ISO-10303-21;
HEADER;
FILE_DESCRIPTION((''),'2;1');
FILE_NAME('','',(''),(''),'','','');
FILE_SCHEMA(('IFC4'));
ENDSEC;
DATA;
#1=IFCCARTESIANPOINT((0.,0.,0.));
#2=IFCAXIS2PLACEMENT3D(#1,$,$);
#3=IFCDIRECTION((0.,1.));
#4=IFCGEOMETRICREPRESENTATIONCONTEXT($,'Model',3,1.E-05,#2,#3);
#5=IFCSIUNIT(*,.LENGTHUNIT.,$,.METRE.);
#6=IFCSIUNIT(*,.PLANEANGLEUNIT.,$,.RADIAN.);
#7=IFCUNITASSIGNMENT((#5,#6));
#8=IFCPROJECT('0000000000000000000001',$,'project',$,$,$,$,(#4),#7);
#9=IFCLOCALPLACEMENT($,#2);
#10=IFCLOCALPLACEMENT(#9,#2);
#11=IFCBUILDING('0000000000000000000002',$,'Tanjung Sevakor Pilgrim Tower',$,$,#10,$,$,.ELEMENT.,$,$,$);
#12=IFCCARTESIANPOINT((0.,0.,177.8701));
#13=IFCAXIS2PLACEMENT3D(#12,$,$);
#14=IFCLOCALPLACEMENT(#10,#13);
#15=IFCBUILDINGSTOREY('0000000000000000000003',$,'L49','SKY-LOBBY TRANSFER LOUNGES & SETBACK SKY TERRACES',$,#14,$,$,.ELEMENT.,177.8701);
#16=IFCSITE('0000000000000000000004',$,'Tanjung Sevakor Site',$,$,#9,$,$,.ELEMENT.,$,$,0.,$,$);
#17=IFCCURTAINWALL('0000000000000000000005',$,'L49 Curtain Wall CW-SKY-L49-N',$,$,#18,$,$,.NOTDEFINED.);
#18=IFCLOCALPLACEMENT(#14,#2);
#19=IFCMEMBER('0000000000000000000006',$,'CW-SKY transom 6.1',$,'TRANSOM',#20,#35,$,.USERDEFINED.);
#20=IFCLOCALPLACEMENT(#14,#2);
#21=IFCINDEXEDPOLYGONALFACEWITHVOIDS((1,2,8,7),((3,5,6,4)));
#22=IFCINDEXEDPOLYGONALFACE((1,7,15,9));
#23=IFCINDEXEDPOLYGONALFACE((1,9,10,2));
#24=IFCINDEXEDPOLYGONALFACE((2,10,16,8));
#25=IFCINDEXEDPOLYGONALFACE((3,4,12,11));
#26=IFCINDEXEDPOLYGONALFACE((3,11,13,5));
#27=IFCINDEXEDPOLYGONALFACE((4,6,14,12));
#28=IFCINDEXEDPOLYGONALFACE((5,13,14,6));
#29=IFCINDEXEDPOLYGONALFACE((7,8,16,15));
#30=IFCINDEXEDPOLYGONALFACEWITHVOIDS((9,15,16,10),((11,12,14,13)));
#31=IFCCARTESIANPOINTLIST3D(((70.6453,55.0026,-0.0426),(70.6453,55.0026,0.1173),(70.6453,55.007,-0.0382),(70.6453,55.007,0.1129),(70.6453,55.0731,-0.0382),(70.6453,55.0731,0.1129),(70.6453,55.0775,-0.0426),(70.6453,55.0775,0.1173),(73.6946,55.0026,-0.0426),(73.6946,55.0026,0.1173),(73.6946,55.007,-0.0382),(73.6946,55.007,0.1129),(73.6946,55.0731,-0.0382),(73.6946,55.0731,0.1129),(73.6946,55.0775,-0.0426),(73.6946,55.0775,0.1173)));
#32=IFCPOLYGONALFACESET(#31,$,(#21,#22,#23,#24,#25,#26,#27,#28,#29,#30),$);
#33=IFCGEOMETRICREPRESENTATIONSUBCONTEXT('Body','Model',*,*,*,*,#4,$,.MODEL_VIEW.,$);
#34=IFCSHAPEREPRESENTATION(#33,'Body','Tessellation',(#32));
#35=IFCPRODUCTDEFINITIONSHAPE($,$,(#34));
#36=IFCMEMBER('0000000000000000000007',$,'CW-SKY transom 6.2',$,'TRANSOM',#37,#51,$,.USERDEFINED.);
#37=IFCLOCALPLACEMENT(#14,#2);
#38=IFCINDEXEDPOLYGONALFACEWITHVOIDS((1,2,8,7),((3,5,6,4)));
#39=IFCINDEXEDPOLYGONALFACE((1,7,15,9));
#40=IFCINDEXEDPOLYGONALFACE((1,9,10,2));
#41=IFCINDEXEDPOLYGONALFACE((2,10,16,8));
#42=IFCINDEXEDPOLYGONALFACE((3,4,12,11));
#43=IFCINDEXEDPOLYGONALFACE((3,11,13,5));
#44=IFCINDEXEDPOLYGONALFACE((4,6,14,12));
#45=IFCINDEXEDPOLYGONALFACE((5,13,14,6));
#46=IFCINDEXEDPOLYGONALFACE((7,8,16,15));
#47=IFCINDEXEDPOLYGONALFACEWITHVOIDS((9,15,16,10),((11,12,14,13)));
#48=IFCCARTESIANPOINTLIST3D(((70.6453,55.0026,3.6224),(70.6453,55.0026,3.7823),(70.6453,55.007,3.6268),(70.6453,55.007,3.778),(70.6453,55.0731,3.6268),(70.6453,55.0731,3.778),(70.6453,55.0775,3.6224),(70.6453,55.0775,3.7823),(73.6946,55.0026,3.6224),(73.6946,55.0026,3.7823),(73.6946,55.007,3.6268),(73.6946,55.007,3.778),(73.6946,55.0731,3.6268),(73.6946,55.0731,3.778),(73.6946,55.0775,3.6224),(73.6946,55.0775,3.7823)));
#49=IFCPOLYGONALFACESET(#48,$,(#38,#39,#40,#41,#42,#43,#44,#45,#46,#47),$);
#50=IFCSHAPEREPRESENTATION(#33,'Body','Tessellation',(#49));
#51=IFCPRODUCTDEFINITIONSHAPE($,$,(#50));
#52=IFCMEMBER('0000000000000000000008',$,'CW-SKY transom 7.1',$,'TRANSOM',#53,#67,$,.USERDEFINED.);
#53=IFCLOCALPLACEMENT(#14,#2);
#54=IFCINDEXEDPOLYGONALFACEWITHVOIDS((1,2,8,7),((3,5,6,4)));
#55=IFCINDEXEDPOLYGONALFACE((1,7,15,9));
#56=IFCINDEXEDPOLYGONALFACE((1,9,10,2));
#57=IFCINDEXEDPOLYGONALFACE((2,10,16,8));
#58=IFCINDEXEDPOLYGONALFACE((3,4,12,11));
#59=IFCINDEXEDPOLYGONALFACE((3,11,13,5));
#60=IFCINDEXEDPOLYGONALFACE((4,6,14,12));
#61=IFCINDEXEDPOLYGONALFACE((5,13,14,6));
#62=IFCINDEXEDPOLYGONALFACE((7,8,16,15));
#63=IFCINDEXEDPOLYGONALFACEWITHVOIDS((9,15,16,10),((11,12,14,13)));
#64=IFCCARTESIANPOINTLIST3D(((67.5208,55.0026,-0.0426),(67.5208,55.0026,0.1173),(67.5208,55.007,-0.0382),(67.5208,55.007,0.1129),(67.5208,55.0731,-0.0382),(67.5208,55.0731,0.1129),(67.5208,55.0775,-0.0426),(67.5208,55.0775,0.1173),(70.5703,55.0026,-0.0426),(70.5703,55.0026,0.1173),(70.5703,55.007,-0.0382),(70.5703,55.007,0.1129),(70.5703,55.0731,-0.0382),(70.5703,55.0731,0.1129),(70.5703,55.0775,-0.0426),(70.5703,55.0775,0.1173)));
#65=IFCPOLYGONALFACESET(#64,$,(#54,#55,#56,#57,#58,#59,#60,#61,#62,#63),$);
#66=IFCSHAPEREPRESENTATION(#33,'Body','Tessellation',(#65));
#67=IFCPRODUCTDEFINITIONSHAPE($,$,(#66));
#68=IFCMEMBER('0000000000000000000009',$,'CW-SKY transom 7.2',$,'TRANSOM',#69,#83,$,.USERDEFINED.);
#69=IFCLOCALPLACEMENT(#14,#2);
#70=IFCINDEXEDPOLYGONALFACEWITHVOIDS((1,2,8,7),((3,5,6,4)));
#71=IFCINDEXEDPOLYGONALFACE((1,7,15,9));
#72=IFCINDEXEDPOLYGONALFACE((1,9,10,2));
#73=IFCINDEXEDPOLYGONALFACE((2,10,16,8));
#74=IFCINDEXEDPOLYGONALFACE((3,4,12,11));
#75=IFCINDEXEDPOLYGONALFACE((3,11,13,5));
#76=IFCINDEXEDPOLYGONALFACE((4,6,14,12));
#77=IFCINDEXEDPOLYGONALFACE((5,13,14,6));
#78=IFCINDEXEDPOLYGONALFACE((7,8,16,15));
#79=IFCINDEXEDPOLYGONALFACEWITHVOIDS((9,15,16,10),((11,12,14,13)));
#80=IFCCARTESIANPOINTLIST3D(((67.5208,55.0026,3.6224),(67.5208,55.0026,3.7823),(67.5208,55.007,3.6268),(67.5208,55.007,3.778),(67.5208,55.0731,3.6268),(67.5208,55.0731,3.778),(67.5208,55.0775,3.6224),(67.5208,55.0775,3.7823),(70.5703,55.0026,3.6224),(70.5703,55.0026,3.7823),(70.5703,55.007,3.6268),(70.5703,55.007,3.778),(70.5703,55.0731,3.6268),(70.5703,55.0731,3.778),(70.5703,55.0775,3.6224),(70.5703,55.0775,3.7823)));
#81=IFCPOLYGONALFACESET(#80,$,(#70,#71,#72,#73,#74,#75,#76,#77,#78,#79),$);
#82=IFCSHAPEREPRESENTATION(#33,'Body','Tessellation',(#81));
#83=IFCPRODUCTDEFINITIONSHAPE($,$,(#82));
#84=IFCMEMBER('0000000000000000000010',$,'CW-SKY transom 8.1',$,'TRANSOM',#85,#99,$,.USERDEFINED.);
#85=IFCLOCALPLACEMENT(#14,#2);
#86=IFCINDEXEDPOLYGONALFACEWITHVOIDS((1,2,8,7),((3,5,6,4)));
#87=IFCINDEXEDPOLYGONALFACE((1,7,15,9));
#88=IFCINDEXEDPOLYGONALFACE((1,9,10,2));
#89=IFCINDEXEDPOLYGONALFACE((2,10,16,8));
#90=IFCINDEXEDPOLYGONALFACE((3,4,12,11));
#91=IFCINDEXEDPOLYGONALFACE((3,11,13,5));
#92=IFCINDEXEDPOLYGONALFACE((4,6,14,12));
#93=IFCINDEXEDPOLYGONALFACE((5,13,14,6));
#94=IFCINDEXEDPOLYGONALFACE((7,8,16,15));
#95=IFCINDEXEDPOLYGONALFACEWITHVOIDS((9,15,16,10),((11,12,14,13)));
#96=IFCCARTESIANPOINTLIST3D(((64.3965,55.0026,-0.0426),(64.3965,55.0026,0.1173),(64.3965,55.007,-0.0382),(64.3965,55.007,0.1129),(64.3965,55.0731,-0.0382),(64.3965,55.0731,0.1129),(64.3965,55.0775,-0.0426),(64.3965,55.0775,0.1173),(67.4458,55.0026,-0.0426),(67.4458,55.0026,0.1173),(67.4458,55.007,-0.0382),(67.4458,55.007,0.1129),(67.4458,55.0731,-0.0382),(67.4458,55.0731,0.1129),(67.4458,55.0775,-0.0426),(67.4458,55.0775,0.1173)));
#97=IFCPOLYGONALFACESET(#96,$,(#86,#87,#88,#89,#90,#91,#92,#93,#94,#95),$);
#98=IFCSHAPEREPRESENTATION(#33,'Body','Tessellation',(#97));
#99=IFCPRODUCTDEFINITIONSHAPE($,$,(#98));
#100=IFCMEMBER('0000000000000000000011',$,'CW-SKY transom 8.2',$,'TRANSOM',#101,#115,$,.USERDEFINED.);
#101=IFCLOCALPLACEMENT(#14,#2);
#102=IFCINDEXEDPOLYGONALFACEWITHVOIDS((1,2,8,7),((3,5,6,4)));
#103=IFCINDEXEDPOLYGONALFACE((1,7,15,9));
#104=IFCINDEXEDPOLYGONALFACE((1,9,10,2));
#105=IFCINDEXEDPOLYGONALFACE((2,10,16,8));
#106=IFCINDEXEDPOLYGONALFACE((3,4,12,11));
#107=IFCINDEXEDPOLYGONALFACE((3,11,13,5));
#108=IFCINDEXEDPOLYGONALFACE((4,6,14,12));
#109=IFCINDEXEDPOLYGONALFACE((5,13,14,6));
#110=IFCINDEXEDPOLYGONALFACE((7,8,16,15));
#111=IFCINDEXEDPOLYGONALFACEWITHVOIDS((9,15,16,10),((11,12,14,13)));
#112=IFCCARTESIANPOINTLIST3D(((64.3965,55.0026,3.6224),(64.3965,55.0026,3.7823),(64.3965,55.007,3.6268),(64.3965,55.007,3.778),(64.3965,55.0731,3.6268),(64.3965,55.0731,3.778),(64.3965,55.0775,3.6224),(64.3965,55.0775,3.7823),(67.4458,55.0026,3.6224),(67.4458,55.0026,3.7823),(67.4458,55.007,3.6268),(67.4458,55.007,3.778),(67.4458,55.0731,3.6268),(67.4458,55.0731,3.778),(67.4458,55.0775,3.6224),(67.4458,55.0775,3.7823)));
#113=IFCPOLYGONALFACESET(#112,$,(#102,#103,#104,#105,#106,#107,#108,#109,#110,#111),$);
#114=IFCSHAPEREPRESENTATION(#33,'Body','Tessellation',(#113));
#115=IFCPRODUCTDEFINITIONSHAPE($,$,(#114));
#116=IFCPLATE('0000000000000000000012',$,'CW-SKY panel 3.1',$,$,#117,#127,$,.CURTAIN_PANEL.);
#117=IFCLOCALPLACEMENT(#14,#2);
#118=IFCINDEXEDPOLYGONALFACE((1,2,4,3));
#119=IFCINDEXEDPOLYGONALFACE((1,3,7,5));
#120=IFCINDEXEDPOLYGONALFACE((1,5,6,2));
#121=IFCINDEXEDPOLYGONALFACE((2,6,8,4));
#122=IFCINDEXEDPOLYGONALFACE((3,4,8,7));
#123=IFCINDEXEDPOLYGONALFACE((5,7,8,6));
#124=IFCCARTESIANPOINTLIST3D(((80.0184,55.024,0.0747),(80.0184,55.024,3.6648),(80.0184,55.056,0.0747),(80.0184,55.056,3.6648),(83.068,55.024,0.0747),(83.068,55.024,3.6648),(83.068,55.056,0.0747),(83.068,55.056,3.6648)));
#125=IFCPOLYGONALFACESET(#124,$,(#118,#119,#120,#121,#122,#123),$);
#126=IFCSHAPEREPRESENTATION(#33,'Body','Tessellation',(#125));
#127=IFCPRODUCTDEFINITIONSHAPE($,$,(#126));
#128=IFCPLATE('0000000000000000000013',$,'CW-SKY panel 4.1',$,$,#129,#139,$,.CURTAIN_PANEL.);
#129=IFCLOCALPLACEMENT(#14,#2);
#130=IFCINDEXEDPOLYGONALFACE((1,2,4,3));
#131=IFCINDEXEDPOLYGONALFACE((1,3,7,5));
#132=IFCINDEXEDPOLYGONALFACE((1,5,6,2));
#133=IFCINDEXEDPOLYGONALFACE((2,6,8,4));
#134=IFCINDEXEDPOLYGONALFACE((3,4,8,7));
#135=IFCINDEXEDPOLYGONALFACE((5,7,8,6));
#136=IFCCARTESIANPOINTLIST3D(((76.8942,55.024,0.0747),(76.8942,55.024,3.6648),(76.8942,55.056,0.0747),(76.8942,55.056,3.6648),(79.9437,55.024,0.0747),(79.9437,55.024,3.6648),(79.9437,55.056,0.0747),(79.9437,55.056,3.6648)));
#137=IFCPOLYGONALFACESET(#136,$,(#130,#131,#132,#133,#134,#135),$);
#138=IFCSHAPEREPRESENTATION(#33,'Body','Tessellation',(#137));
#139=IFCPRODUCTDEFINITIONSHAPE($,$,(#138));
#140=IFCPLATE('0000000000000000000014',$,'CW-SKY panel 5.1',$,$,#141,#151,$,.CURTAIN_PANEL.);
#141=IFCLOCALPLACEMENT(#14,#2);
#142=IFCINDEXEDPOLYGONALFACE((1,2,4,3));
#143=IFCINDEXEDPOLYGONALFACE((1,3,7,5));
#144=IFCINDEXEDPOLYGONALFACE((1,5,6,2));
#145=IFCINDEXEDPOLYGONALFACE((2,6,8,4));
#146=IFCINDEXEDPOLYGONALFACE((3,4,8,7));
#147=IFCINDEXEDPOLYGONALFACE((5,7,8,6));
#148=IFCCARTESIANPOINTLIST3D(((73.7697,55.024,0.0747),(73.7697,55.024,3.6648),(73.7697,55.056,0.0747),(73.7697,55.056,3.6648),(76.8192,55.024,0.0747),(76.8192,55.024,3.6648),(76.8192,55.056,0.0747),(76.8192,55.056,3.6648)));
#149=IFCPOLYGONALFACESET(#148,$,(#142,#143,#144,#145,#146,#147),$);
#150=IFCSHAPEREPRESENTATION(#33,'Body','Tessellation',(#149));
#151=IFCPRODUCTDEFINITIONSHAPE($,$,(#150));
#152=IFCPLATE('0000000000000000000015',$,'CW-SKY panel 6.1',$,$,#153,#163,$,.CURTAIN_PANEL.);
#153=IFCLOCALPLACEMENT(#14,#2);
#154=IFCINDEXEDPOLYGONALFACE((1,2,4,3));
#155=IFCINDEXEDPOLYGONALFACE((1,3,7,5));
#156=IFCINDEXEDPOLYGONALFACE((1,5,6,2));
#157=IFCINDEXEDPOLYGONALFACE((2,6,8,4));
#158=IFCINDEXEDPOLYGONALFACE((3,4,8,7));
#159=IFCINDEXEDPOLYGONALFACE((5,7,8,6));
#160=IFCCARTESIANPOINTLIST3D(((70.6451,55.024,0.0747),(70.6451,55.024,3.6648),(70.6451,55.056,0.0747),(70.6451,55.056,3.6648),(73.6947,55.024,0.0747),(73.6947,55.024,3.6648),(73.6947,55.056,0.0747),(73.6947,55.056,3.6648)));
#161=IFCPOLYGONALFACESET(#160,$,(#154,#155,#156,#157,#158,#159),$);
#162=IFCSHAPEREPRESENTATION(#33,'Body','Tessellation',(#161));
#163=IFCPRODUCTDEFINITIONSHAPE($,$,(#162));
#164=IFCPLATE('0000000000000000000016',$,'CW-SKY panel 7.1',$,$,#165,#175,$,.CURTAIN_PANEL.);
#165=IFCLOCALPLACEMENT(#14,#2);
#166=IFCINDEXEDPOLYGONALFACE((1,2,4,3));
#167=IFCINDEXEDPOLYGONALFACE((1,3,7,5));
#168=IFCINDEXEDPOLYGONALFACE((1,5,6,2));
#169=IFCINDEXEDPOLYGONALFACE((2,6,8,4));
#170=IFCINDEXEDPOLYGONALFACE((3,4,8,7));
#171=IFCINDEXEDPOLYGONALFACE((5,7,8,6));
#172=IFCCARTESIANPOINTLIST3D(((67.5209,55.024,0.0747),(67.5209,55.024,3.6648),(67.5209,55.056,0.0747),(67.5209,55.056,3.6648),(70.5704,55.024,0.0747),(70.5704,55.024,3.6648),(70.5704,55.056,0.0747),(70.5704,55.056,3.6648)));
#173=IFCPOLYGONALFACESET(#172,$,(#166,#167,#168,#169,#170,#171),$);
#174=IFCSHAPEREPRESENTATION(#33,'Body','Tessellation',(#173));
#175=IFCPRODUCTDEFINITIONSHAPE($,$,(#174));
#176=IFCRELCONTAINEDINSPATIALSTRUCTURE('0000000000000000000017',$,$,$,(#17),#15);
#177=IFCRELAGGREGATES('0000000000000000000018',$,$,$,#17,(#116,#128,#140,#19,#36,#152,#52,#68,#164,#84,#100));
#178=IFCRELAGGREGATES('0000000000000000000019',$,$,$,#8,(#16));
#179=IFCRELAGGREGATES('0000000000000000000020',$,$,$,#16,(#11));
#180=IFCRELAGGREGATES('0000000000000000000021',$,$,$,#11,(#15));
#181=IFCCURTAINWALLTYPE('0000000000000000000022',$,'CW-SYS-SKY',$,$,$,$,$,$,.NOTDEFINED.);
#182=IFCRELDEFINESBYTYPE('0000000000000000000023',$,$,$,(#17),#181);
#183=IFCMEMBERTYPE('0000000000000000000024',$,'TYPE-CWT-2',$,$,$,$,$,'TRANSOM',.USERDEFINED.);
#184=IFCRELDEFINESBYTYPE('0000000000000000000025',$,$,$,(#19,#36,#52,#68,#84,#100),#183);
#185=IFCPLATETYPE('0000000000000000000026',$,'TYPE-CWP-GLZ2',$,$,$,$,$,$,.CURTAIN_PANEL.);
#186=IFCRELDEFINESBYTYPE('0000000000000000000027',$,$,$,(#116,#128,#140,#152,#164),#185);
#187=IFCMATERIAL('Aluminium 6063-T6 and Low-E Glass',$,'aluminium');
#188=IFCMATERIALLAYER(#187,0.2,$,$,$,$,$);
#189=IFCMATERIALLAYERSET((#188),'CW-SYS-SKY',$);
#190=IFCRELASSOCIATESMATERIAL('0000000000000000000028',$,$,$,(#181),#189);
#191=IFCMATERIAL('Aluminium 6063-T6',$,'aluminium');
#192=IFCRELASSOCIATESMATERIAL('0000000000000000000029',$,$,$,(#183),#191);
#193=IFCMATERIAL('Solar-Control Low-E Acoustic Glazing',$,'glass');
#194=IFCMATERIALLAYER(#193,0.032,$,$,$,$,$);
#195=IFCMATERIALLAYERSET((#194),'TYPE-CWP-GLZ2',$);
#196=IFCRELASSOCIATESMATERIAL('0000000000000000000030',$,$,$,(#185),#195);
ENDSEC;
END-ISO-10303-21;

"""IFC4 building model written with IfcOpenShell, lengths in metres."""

from ifc_helpers import new_model, si_unit, direction, frame, origin, origin_2d, place, context, subcontext, project, spatial, rectangle, hollow_rectangle, extrude, material, layer, layer_set, material_profile, profile_set, type_object, element, aggregate, save


model = new_model("IFC4")

# Units and contexts
model_context = context("Model", 3, precision=1e-05, world=origin(), true_north=direction((0.0, 1.0)))
body_context = subcontext(model_context, "Body", "Model", "MODEL_VIEW")
ifc_project = project(units=[si_unit("LENGTHUNIT", "METRE"), si_unit("PLANEANGLEUNIT", "RADIAN")], contexts=[model_context])

# Site, building, storey
site_placement = place(None, origin())
site = spatial("IfcSite", under=ifc_project, at=site_placement, Name="Tanjung Sevakor Site", CompositionType="ELEMENT", RefElevation=0.0)
building_placement = place(site_placement, origin())
building = spatial("IfcBuilding", under=site, at=building_placement, Name="Tanjung Sevakor Pilgrim Tower", CompositionType="ELEMENT")
storey_placement = place(building_placement, frame((0.0, 0.0, 177.8701)))
storey = spatial("IfcBuildingStorey", under=building, at=storey_placement, Name="L49", Description="SKY-LOBBY TRANSFER LOUNGES & SETBACK SKY TERRACES", CompositionType="ELEMENT", Elevation=177.8701)

# Curtain wall, members, plates
ifc_material_1 = material(Name="Aluminium 6063-T6 and Low-E Glass", Category="aluminium")
ifc_layer_1 = layer(ifc_material_1, 0.2)
ifc_layer_set_1 = layer_set([ifc_layer_1], Name="CW-SYS-SKY")
curtain_wall_type = type_object("IfcCurtainWallType", Name="CW-SYS-SKY", PredefinedType="NOTDEFINED", material=ifc_layer_set_1)
curtain_wall_placement = place(storey_placement, origin())
curtain_wall = element("IfcCurtainWall", 1, at=curtain_wall_placement, inside=storey, type_object=curtain_wall_type, Name="L49 Curtain Wall CW-SKY-L49-N", PredefinedType="NOTDEFINED")
ifc_material_2 = material(Name="Aluminium 6063-T6", Category="aluminium")
ifc_material_profile_1 = material_profile(ifc_material_2, hollow_rectangle(XDim=0.075, YDim=0.1599, WallThickness=0.0044, at=origin_2d()))
ifc_profile_set_1 = profile_set([ifc_material_profile_1], Name="Aluminium 6063-T6")
member_type_1 = type_object("IfcMemberType", Name="TYPE-CWT-2", ElementType="TRANSOM", PredefinedType="USERDEFINED", material=ifc_profile_set_1)
member_1_placement = place(storey_placement, frame((73.6946, 55.04, 0.0374), z_axis=(-1.0, 0.0, 0.0), x_axis=(0.0, -1.0, 0.0)))
member_1 = element("IfcMember", 2, at=member_1_placement, type_object=member_type_1, Name="CW-SKY transom 6.1", ObjectType="TRANSOM", PredefinedType="USERDEFINED", context=body_context, shape_type="SweptSolid", body=[
    extrude(hollow_rectangle(XDim=0.075, YDim=0.1599, WallThickness=0.0044, at=origin_2d()), origin(), (0.0, 0.0, 1.0), 3.0493),
])
member_2_placement = place(storey_placement, frame((73.6946, 55.04, 3.7024), z_axis=(-1.0, 0.0, 0.0), x_axis=(0.0, -1.0, 0.0)))
member_2 = element("IfcMember", 3, at=member_2_placement, type_object=member_type_1, Name="CW-SKY transom 6.2", ObjectType="TRANSOM", PredefinedType="USERDEFINED", context=body_context, shape_type="SweptSolid", body=[
    extrude(hollow_rectangle(XDim=0.075, YDim=0.1599, WallThickness=0.0044, at=origin_2d()), origin(), (0.0, 0.0, 1.0), 3.0493),
])
member_3_placement = place(storey_placement, frame((70.5703, 55.04, 0.0374), z_axis=(-1.0, 0.0, 0.0), x_axis=(0.0, -1.0, 0.0)))
member_3 = element("IfcMember", 4, at=member_3_placement, type_object=member_type_1, Name="CW-SKY transom 7.1", ObjectType="TRANSOM", PredefinedType="USERDEFINED", context=body_context, shape_type="SweptSolid", body=[
    extrude(hollow_rectangle(XDim=0.075, YDim=0.1599, WallThickness=0.0044, at=origin_2d()), origin(), (0.0, 0.0, 1.0), 3.0496),
])
member_4_placement = place(storey_placement, frame((70.5703, 55.04, 3.7024), z_axis=(-1.0, 0.0, 0.0), x_axis=(0.0, -1.0, 0.0)))
member_4 = element("IfcMember", 5, at=member_4_placement, type_object=member_type_1, Name="CW-SKY transom 7.2", ObjectType="TRANSOM", PredefinedType="USERDEFINED", context=body_context, shape_type="SweptSolid", body=[
    extrude(hollow_rectangle(XDim=0.075, YDim=0.1599, WallThickness=0.0044, at=origin_2d()), origin(), (0.0, 0.0, 1.0), 3.0496),
])
member_5_placement = place(storey_placement, frame((67.4458, 55.04, 0.0374), z_axis=(-1.0, 0.0, 0.0), x_axis=(0.0, -1.0, 0.0)))
member_5 = element("IfcMember", 6, at=member_5_placement, type_object=member_type_1, Name="CW-SKY transom 8.1", ObjectType="TRANSOM", PredefinedType="USERDEFINED", context=body_context, shape_type="SweptSolid", body=[
    extrude(hollow_rectangle(XDim=0.075, YDim=0.1599, WallThickness=0.0044, at=origin_2d()), origin(), (0.0, 0.0, 1.0), 3.0493),
])
member_6_placement = place(storey_placement, frame((67.4458, 55.04, 3.7024), z_axis=(-1.0, 0.0, 0.0), x_axis=(0.0, -1.0, 0.0)))
member_6 = element("IfcMember", 7, at=member_6_placement, type_object=member_type_1, Name="CW-SKY transom 8.2", ObjectType="TRANSOM", PredefinedType="USERDEFINED", context=body_context, shape_type="SweptSolid", body=[
    extrude(hollow_rectangle(XDim=0.075, YDim=0.1599, WallThickness=0.0044, at=origin_2d()), origin(), (0.0, 0.0, 1.0), 3.0493),
])
ifc_material_3 = material(Name="Solar-Control Low-E Acoustic Glazing", Category="glass")
ifc_layer_2 = layer(ifc_material_3, 0.032)
ifc_layer_set_2 = layer_set([ifc_layer_2], Name="TYPE-CWP-GLZ2")
plate_type = type_object("IfcPlateType", Name="TYPE-CWP-GLZ2", PredefinedType="CURTAIN_PANEL", material=ifc_layer_set_2)
plate_1_placement = place(storey_placement, frame((81.5432, 55.04, 0.0747), z_axis=(0.0, 0.0, 1.0), x_axis=(-1.0, 0.0, 0.0)))
plate_1 = element("IfcPlate", 8, at=plate_1_placement, type_object=plate_type, Name="CW-SKY panel 3.1", PredefinedType="CURTAIN_PANEL", context=body_context, shape_type="SweptSolid", body=[
    extrude(rectangle(XDim=3.0496, YDim=0.032, at=origin_2d()), origin(), (0.0, 0.0, 1.0), 3.5901),
])
plate_2_placement = place(storey_placement, frame((78.4189, 55.04, 0.0747), z_axis=(0.0, 0.0, 1.0), x_axis=(-1.0, 0.0, 0.0)))
plate_2 = element("IfcPlate", 9, at=plate_2_placement, type_object=plate_type, Name="CW-SKY panel 4.1", PredefinedType="CURTAIN_PANEL", context=body_context, shape_type="SweptSolid", body=[
    extrude(rectangle(XDim=3.0496, YDim=0.032, at=origin_2d()), origin(), (0.0, 0.0, 1.0), 3.5901),
])
plate_3_placement = place(storey_placement, frame((75.2944, 55.04, 0.0747), z_axis=(0.0, 0.0, 1.0), x_axis=(-1.0, 0.0, 0.0)))
plate_3 = element("IfcPlate", 10, at=plate_3_placement, type_object=plate_type, Name="CW-SKY panel 5.1", PredefinedType="CURTAIN_PANEL", context=body_context, shape_type="SweptSolid", body=[
    extrude(rectangle(XDim=3.0496, YDim=0.032, at=origin_2d()), origin(), (0.0, 0.0, 1.0), 3.5901),
])
plate_4_placement = place(storey_placement, frame((72.1699, 55.04, 0.0747), z_axis=(0.0, 0.0, 1.0), x_axis=(-1.0, 0.0, 0.0)))
plate_4 = element("IfcPlate", 11, at=plate_4_placement, type_object=plate_type, Name="CW-SKY panel 6.1", PredefinedType="CURTAIN_PANEL", context=body_context, shape_type="SweptSolid", body=[
    extrude(rectangle(XDim=3.0496, YDim=0.032, at=origin_2d()), origin(), (0.0, 0.0, 1.0), 3.5901),
])
plate_5_placement = place(storey_placement, frame((69.0457, 55.04, 0.0747), z_axis=(0.0, 0.0, 1.0), x_axis=(-1.0, 0.0, 0.0)))
plate_5 = element("IfcPlate", 12, at=plate_5_placement, type_object=plate_type, Name="CW-SKY panel 7.1", PredefinedType="CURTAIN_PANEL", context=body_context, shape_type="SweptSolid", body=[
    extrude(rectangle(XDim=3.0496, YDim=0.032, at=origin_2d()), origin(), (0.0, 0.0, 1.0), 3.5901),
])
aggregate(curtain_wall, [plate_1, plate_2, plate_3, member_1, member_2, plate_4, member_3, member_4, plate_5, member_5, member_6])

save(model, "model.ifc")
